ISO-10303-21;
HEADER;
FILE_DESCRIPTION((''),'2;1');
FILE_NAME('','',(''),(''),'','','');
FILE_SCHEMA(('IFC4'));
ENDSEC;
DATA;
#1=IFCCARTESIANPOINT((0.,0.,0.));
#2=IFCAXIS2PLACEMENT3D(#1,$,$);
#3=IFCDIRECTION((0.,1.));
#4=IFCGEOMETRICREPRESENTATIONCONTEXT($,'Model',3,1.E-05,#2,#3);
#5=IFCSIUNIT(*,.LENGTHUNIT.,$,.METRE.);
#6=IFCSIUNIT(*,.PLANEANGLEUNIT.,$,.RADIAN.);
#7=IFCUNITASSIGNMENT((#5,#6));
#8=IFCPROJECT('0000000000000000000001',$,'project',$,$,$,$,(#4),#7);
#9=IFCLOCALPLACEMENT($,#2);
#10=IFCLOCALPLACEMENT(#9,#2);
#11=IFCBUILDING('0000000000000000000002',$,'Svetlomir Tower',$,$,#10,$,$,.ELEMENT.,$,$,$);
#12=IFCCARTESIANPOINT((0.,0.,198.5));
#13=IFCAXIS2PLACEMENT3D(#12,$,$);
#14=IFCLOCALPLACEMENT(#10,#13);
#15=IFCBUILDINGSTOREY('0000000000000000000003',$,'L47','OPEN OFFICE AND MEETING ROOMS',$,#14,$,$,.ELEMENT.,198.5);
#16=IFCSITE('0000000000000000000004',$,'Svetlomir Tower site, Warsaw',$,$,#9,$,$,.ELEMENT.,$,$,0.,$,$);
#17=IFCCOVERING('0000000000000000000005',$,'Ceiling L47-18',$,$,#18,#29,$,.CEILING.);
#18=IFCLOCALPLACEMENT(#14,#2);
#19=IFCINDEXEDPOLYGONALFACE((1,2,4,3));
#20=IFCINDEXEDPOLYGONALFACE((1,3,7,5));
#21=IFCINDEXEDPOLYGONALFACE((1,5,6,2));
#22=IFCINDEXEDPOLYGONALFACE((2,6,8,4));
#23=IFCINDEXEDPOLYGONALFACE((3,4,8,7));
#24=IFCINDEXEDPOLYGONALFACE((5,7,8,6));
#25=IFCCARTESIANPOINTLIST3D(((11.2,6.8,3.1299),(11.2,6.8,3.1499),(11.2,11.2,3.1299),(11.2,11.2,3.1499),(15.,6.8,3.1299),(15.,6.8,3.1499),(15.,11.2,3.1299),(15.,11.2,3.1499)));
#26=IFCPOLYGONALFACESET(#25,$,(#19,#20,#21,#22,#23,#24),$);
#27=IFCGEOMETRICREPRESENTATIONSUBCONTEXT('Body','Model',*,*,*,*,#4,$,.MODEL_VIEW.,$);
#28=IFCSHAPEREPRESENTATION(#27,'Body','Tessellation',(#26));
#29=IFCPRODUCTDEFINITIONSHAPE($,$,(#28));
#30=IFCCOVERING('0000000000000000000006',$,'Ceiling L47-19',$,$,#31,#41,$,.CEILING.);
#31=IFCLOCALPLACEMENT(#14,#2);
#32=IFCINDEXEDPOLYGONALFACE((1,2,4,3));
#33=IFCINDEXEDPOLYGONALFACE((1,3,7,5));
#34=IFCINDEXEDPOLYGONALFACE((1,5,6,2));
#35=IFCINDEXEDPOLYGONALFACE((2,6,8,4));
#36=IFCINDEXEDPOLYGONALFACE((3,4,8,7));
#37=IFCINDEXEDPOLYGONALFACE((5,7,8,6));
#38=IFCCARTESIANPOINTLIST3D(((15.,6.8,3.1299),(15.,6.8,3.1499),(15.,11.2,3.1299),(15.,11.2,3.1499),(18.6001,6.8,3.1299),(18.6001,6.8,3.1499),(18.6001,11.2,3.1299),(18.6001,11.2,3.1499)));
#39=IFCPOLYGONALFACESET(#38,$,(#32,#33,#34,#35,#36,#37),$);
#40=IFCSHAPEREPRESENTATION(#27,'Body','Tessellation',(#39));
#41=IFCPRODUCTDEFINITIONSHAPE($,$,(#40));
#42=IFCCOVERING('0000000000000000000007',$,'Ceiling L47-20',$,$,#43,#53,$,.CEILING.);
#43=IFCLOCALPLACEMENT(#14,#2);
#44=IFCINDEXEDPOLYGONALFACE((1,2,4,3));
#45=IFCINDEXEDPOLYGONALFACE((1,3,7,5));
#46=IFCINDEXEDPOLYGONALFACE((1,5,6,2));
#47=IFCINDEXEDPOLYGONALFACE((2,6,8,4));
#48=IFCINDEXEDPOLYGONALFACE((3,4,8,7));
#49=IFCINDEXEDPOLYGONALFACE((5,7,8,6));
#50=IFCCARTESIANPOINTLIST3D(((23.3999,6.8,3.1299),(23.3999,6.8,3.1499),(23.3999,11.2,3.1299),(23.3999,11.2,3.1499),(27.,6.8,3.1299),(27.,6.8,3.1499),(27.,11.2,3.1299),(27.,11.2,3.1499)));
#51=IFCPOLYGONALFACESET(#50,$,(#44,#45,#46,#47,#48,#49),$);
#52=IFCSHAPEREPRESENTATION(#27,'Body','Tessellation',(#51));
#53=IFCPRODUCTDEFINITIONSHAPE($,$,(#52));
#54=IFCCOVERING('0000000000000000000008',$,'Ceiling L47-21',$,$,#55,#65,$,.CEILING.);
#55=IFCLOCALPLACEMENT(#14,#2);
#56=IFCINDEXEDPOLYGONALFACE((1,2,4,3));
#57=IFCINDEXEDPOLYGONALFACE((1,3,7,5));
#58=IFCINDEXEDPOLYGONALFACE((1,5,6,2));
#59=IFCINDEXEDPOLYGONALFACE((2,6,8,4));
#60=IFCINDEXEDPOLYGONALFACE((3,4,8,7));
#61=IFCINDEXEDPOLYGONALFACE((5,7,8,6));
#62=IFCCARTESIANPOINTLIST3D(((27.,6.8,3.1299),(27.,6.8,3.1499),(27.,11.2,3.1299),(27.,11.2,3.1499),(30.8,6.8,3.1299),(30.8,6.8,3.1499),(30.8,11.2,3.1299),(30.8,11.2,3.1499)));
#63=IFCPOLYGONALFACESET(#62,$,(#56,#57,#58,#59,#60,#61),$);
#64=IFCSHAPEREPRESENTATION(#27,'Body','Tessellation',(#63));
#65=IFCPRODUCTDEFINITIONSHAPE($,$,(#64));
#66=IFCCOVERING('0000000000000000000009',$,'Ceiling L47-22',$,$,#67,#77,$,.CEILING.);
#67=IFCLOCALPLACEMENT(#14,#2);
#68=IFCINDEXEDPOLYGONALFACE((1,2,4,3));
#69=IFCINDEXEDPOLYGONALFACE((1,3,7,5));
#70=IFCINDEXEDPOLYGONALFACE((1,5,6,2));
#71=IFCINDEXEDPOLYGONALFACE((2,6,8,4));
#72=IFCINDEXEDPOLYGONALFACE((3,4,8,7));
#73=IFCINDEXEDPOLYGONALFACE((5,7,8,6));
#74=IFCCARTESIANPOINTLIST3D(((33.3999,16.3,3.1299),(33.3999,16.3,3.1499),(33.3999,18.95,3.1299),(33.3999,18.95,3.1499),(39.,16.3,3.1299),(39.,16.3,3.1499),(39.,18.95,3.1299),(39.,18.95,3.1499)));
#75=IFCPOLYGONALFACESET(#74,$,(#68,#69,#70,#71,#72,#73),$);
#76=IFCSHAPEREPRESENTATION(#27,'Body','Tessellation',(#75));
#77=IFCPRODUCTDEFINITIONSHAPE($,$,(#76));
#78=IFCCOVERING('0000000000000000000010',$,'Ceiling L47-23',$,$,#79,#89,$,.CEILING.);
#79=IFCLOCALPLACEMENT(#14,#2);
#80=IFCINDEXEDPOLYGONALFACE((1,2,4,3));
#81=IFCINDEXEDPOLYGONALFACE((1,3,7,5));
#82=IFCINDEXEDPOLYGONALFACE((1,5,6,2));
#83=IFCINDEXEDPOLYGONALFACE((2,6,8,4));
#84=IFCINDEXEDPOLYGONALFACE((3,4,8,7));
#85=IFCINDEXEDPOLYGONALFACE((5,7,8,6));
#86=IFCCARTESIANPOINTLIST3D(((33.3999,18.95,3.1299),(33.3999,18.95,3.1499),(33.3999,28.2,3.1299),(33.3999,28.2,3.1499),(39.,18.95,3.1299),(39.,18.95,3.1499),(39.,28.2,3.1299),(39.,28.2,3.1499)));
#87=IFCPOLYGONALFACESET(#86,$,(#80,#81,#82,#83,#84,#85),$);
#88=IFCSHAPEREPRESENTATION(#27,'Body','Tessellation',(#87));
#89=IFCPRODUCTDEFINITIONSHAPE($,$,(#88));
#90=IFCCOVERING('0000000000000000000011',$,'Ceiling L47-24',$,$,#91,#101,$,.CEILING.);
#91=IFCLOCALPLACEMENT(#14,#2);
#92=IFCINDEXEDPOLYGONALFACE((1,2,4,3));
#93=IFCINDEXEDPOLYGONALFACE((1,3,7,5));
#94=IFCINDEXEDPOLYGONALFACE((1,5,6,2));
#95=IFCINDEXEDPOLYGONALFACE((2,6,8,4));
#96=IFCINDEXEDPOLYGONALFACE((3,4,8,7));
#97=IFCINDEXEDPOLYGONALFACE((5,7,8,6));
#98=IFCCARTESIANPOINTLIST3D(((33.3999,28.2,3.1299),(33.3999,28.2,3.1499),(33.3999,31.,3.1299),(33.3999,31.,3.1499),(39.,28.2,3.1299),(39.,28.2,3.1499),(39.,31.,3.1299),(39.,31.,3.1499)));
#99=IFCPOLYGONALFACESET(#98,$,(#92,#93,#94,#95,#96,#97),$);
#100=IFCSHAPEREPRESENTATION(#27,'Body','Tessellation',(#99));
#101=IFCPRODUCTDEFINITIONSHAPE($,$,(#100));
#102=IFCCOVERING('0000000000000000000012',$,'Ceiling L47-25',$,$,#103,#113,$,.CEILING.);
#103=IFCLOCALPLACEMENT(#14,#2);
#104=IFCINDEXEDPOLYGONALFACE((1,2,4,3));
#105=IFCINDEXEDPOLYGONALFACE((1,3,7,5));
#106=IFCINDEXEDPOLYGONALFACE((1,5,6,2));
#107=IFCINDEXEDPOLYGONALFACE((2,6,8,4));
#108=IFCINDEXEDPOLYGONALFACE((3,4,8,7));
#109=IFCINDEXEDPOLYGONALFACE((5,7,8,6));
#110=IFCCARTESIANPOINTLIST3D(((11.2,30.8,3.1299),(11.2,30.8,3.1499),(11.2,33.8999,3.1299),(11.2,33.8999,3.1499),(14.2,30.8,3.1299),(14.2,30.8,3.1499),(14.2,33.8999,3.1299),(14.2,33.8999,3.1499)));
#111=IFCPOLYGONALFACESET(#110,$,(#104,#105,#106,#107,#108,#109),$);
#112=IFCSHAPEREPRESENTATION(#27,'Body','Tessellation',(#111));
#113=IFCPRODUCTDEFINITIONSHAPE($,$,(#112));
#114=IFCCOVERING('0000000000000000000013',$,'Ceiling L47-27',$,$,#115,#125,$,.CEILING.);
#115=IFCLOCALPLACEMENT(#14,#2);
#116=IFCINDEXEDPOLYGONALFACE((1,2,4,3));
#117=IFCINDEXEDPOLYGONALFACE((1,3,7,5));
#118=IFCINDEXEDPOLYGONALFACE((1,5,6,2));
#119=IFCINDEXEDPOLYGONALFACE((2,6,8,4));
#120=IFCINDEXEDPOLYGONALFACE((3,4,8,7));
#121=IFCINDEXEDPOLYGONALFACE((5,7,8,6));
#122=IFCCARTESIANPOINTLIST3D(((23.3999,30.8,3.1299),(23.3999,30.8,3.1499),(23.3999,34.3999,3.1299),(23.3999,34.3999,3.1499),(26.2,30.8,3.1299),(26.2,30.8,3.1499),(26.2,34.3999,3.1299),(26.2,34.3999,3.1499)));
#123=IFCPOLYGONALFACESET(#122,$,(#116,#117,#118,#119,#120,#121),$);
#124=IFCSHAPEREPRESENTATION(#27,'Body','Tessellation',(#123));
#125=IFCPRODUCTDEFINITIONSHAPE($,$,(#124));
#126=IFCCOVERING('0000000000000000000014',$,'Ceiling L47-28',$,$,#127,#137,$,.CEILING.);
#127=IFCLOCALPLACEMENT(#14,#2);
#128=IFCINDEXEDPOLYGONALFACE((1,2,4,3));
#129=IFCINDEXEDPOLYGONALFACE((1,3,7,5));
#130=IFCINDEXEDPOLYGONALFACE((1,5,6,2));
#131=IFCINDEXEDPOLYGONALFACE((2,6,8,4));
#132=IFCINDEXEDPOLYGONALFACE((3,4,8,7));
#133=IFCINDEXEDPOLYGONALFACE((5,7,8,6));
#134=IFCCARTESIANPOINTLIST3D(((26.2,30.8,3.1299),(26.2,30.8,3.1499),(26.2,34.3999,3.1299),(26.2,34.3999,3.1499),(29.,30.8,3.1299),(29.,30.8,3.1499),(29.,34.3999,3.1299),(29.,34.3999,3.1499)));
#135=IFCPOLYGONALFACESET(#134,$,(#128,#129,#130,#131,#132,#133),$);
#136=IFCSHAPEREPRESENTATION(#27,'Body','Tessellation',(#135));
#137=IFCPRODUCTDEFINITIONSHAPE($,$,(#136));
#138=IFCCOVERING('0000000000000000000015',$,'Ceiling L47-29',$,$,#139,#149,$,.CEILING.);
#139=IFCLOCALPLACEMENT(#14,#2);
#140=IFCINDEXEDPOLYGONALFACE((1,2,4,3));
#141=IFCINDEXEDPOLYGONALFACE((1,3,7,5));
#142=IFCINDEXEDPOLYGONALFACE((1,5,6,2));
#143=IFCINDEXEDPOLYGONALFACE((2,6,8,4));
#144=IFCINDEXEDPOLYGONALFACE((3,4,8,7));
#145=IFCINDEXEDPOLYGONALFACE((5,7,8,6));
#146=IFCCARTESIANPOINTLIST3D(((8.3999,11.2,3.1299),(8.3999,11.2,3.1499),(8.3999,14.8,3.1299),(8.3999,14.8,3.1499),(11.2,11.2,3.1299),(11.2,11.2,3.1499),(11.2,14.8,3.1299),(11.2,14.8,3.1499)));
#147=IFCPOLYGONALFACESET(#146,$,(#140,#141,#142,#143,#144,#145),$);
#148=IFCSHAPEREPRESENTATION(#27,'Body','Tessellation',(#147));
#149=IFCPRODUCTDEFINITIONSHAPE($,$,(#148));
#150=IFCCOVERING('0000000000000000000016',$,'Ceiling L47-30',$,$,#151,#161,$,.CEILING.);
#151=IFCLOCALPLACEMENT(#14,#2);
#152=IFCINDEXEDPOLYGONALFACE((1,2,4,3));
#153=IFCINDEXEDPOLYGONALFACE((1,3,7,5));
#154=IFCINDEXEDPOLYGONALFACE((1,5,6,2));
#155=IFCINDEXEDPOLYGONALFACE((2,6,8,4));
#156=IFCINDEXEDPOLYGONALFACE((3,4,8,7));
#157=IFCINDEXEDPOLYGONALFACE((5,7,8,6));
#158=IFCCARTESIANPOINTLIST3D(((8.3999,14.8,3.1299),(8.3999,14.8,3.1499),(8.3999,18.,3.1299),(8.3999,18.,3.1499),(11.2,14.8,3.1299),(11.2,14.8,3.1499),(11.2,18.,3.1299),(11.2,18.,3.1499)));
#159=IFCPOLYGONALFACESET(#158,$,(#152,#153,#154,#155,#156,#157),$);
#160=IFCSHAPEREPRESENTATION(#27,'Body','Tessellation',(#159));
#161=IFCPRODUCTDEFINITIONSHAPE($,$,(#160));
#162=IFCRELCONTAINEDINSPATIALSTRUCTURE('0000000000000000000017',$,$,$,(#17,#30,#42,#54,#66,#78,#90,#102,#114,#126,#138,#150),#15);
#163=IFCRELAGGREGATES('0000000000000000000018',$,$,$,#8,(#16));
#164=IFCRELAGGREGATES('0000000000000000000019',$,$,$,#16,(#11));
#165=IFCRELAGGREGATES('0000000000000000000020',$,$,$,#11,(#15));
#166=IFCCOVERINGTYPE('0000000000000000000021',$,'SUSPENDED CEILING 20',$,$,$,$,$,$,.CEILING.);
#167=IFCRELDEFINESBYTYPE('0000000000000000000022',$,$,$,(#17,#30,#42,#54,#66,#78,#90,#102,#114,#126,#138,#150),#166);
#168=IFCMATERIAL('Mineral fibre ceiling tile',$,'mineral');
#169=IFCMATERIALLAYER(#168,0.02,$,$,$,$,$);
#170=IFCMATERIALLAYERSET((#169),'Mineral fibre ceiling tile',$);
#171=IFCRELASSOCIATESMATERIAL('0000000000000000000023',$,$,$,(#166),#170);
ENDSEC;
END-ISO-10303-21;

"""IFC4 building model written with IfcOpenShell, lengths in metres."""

from ifc_helpers import new_model, si_unit, direction, frame, origin, place, context, subcontext, project, spatial, polyline, outline, extrude, material, layer, layer_set, type_object, element, save


model = new_model("IFC4")

# Units and contexts
model_context = context("Model", 3, precision=1e-05, world=origin(), true_north=direction((0.0, 1.0)))
body_context = subcontext(model_context, "Body", "Model", "MODEL_VIEW")
ifc_project = project(units=[si_unit("LENGTHUNIT", "METRE"), si_unit("PLANEANGLEUNIT", "RADIAN")], contexts=[model_context])

# Site, building, storey
site_placement = place(None, origin())
site = spatial("IfcSite", under=ifc_project, at=site_placement, Name="Svetlomir Tower site, Warsaw", CompositionType="ELEMENT", RefElevation=0.0)
building_placement = place(site_placement, origin())
building = spatial("IfcBuilding", under=site, at=building_placement, Name="Svetlomir Tower", CompositionType="ELEMENT")
storey_placement = place(building_placement, frame((0.0, 0.0, 198.5)))
storey = spatial("IfcBuildingStorey", under=building, at=storey_placement, Name="L47", Description="OPEN OFFICE AND MEETING ROOMS", CompositionType="ELEMENT", Elevation=198.5)

# Coverings
ifc_material_1 = material(Name="Mineral fibre ceiling tile", Category="mineral")
ifc_layer_1 = layer(ifc_material_1, 0.02)
ifc_layer_set_1 = layer_set([ifc_layer_1], Name="Mineral fibre ceiling tile")
covering_type_1 = type_object("IfcCoveringType", Name="SUSPENDED CEILING 20", PredefinedType="CEILING", material=ifc_layer_set_1)
covering_1_placement = place(storey_placement, frame((0.0, 0.0, 3.1299)))
element("IfcCovering", 1, at=covering_1_placement, inside=storey, type_object=covering_type_1, Name="Ceiling L47-18", PredefinedType="CEILING", context=body_context, shape_type="SweptSolid", body=[
    extrude(outline(polyline([(11.2, 6.8), (15.0, 6.8), (15.0, 11.2), (11.2, 11.2), (11.2, 6.8)])), origin(), (0.0, 0.0, 1.0), 0.02),
])
covering_2_placement = place(storey_placement, frame((0.0, 0.0, 3.1299)))
element("IfcCovering", 2, at=covering_2_placement, inside=storey, type_object=covering_type_1, Name="Ceiling L47-19", PredefinedType="CEILING", context=body_context, shape_type="SweptSolid", body=[
    extrude(outline(polyline([(15.0, 6.8), (18.6001, 6.8), (18.6001, 11.2), (15.0, 11.2), (15.0, 6.8)])), origin(), (0.0, 0.0, 1.0), 0.02),
])
covering_3_placement = place(storey_placement, frame((0.0, 0.0, 3.1299)))
element("IfcCovering", 3, at=covering_3_placement, inside=storey, type_object=covering_type_1, Name="Ceiling L47-20", PredefinedType="CEILING", context=body_context, shape_type="SweptSolid", body=[
    extrude(outline(polyline([(23.3999, 6.8), (27.0, 6.8), (27.0, 11.2), (23.3999, 11.2), (23.3999, 6.8)])), origin(), (0.0, 0.0, 1.0), 0.02),
])
covering_4_placement = place(storey_placement, frame((0.0, 0.0, 3.1299)))
element("IfcCovering", 4, at=covering_4_placement, inside=storey, type_object=covering_type_1, Name="Ceiling L47-21", PredefinedType="CEILING", context=body_context, shape_type="SweptSolid", body=[
    extrude(outline(polyline([(27.0, 6.8), (30.8, 6.8), (30.8, 11.2), (27.0, 11.2), (27.0, 6.8)])), origin(), (0.0, 0.0, 1.0), 0.02),
])
covering_5_placement = place(storey_placement, frame((0.0, 0.0, 3.1299)))
element("IfcCovering", 5, at=covering_5_placement, inside=storey, type_object=covering_type_1, Name="Ceiling L47-22", PredefinedType="CEILING", context=body_context, shape_type="SweptSolid", body=[
    extrude(outline(polyline([(33.3999, 16.3), (39.0, 16.3), (39.0, 18.95), (33.3999, 18.95), (33.3999, 16.3)])), origin(), (0.0, 0.0, 1.0), 0.02),
])
covering_6_placement = place(storey_placement, frame((0.0, 0.0, 3.1299)))
element("IfcCovering", 6, at=covering_6_placement, inside=storey, type_object=covering_type_1, Name="Ceiling L47-23", PredefinedType="CEILING", context=body_context, shape_type="SweptSolid", body=[
    extrude(outline(polyline([(33.3999, 18.95), (39.0, 18.95), (39.0, 28.2), (33.3999, 28.2), (33.3999, 18.95)])), origin(), (0.0, 0.0, 1.0), 0.02),
])
covering_7_placement = place(storey_placement, frame((0.0, 0.0, 3.1299)))
element("IfcCovering", 7, at=covering_7_placement, inside=storey, type_object=covering_type_1, Name="Ceiling L47-24", PredefinedType="CEILING", context=body_context, shape_type="SweptSolid", body=[
    extrude(outline(polyline([(33.3999, 28.2), (39.0, 28.2), (39.0, 31.0), (33.3999, 31.0), (33.3999, 28.2)])), origin(), (0.0, 0.0, 1.0), 0.02),
])
covering_8_placement = place(storey_placement, frame((0.0, 0.0, 3.1299)))
element("IfcCovering", 8, at=covering_8_placement, inside=storey, type_object=covering_type_1, Name="Ceiling L47-25", PredefinedType="CEILING", context=body_context, shape_type="SweptSolid", body=[
    extrude(outline(polyline([(11.2, 30.8), (14.2, 30.8), (14.2, 33.8999), (11.2, 33.8999), (11.2, 30.8)])), origin(), (0.0, 0.0, 1.0), 0.02),
])
covering_9_placement = place(storey_placement, frame((0.0, 0.0, 3.1299)))
element("IfcCovering", 9, at=covering_9_placement, inside=storey, type_object=covering_type_1, Name="Ceiling L47-27", PredefinedType="CEILING", context=body_context, shape_type="SweptSolid", body=[
    extrude(outline(polyline([(23.3999, 30.8), (26.2, 30.8), (26.2, 34.3999), (23.3999, 34.3999), (23.3999, 30.8)])), origin(), (0.0, 0.0, 1.0), 0.02),
])
covering_10_placement = place(storey_placement, frame((0.0, 0.0, 3.1299)))
element("IfcCovering", 10, at=covering_10_placement, inside=storey, type_object=covering_type_1, Name="Ceiling L47-28", PredefinedType="CEILING", context=body_context, shape_type="SweptSolid", body=[
    extrude(outline(polyline([(26.2, 30.8), (29.0, 30.8), (29.0, 34.3999), (26.2, 34.3999), (26.2, 30.8)])), origin(), (0.0, 0.0, 1.0), 0.02),
])
covering_11_placement = place(storey_placement, frame((0.0, 0.0, 3.1299)))
element("IfcCovering", 11, at=covering_11_placement, inside=storey, type_object=covering_type_1, Name="Ceiling L47-29", PredefinedType="CEILING", context=body_context, shape_type="SweptSolid", body=[
    extrude(outline(polyline([(8.3999, 11.2), (11.2, 11.2), (11.2, 14.8), (8.3999, 14.8), (8.3999, 11.2)])), origin(), (0.0, 0.0, 1.0), 0.02),
])
covering_12_placement = place(storey_placement, frame((0.0, 0.0, 3.1299)))
element("IfcCovering", 12, at=covering_12_placement, inside=storey, type_object=covering_type_1, Name="Ceiling L47-30", PredefinedType="CEILING", context=body_context, shape_type="SweptSolid", body=[
    extrude(outline(polyline([(8.3999, 14.8), (11.2, 14.8), (11.2, 18.0), (8.3999, 18.0), (8.3999, 14.8)])), origin(), (0.0, 0.0, 1.0), 0.02),
])

save(model, "model.ifc")
